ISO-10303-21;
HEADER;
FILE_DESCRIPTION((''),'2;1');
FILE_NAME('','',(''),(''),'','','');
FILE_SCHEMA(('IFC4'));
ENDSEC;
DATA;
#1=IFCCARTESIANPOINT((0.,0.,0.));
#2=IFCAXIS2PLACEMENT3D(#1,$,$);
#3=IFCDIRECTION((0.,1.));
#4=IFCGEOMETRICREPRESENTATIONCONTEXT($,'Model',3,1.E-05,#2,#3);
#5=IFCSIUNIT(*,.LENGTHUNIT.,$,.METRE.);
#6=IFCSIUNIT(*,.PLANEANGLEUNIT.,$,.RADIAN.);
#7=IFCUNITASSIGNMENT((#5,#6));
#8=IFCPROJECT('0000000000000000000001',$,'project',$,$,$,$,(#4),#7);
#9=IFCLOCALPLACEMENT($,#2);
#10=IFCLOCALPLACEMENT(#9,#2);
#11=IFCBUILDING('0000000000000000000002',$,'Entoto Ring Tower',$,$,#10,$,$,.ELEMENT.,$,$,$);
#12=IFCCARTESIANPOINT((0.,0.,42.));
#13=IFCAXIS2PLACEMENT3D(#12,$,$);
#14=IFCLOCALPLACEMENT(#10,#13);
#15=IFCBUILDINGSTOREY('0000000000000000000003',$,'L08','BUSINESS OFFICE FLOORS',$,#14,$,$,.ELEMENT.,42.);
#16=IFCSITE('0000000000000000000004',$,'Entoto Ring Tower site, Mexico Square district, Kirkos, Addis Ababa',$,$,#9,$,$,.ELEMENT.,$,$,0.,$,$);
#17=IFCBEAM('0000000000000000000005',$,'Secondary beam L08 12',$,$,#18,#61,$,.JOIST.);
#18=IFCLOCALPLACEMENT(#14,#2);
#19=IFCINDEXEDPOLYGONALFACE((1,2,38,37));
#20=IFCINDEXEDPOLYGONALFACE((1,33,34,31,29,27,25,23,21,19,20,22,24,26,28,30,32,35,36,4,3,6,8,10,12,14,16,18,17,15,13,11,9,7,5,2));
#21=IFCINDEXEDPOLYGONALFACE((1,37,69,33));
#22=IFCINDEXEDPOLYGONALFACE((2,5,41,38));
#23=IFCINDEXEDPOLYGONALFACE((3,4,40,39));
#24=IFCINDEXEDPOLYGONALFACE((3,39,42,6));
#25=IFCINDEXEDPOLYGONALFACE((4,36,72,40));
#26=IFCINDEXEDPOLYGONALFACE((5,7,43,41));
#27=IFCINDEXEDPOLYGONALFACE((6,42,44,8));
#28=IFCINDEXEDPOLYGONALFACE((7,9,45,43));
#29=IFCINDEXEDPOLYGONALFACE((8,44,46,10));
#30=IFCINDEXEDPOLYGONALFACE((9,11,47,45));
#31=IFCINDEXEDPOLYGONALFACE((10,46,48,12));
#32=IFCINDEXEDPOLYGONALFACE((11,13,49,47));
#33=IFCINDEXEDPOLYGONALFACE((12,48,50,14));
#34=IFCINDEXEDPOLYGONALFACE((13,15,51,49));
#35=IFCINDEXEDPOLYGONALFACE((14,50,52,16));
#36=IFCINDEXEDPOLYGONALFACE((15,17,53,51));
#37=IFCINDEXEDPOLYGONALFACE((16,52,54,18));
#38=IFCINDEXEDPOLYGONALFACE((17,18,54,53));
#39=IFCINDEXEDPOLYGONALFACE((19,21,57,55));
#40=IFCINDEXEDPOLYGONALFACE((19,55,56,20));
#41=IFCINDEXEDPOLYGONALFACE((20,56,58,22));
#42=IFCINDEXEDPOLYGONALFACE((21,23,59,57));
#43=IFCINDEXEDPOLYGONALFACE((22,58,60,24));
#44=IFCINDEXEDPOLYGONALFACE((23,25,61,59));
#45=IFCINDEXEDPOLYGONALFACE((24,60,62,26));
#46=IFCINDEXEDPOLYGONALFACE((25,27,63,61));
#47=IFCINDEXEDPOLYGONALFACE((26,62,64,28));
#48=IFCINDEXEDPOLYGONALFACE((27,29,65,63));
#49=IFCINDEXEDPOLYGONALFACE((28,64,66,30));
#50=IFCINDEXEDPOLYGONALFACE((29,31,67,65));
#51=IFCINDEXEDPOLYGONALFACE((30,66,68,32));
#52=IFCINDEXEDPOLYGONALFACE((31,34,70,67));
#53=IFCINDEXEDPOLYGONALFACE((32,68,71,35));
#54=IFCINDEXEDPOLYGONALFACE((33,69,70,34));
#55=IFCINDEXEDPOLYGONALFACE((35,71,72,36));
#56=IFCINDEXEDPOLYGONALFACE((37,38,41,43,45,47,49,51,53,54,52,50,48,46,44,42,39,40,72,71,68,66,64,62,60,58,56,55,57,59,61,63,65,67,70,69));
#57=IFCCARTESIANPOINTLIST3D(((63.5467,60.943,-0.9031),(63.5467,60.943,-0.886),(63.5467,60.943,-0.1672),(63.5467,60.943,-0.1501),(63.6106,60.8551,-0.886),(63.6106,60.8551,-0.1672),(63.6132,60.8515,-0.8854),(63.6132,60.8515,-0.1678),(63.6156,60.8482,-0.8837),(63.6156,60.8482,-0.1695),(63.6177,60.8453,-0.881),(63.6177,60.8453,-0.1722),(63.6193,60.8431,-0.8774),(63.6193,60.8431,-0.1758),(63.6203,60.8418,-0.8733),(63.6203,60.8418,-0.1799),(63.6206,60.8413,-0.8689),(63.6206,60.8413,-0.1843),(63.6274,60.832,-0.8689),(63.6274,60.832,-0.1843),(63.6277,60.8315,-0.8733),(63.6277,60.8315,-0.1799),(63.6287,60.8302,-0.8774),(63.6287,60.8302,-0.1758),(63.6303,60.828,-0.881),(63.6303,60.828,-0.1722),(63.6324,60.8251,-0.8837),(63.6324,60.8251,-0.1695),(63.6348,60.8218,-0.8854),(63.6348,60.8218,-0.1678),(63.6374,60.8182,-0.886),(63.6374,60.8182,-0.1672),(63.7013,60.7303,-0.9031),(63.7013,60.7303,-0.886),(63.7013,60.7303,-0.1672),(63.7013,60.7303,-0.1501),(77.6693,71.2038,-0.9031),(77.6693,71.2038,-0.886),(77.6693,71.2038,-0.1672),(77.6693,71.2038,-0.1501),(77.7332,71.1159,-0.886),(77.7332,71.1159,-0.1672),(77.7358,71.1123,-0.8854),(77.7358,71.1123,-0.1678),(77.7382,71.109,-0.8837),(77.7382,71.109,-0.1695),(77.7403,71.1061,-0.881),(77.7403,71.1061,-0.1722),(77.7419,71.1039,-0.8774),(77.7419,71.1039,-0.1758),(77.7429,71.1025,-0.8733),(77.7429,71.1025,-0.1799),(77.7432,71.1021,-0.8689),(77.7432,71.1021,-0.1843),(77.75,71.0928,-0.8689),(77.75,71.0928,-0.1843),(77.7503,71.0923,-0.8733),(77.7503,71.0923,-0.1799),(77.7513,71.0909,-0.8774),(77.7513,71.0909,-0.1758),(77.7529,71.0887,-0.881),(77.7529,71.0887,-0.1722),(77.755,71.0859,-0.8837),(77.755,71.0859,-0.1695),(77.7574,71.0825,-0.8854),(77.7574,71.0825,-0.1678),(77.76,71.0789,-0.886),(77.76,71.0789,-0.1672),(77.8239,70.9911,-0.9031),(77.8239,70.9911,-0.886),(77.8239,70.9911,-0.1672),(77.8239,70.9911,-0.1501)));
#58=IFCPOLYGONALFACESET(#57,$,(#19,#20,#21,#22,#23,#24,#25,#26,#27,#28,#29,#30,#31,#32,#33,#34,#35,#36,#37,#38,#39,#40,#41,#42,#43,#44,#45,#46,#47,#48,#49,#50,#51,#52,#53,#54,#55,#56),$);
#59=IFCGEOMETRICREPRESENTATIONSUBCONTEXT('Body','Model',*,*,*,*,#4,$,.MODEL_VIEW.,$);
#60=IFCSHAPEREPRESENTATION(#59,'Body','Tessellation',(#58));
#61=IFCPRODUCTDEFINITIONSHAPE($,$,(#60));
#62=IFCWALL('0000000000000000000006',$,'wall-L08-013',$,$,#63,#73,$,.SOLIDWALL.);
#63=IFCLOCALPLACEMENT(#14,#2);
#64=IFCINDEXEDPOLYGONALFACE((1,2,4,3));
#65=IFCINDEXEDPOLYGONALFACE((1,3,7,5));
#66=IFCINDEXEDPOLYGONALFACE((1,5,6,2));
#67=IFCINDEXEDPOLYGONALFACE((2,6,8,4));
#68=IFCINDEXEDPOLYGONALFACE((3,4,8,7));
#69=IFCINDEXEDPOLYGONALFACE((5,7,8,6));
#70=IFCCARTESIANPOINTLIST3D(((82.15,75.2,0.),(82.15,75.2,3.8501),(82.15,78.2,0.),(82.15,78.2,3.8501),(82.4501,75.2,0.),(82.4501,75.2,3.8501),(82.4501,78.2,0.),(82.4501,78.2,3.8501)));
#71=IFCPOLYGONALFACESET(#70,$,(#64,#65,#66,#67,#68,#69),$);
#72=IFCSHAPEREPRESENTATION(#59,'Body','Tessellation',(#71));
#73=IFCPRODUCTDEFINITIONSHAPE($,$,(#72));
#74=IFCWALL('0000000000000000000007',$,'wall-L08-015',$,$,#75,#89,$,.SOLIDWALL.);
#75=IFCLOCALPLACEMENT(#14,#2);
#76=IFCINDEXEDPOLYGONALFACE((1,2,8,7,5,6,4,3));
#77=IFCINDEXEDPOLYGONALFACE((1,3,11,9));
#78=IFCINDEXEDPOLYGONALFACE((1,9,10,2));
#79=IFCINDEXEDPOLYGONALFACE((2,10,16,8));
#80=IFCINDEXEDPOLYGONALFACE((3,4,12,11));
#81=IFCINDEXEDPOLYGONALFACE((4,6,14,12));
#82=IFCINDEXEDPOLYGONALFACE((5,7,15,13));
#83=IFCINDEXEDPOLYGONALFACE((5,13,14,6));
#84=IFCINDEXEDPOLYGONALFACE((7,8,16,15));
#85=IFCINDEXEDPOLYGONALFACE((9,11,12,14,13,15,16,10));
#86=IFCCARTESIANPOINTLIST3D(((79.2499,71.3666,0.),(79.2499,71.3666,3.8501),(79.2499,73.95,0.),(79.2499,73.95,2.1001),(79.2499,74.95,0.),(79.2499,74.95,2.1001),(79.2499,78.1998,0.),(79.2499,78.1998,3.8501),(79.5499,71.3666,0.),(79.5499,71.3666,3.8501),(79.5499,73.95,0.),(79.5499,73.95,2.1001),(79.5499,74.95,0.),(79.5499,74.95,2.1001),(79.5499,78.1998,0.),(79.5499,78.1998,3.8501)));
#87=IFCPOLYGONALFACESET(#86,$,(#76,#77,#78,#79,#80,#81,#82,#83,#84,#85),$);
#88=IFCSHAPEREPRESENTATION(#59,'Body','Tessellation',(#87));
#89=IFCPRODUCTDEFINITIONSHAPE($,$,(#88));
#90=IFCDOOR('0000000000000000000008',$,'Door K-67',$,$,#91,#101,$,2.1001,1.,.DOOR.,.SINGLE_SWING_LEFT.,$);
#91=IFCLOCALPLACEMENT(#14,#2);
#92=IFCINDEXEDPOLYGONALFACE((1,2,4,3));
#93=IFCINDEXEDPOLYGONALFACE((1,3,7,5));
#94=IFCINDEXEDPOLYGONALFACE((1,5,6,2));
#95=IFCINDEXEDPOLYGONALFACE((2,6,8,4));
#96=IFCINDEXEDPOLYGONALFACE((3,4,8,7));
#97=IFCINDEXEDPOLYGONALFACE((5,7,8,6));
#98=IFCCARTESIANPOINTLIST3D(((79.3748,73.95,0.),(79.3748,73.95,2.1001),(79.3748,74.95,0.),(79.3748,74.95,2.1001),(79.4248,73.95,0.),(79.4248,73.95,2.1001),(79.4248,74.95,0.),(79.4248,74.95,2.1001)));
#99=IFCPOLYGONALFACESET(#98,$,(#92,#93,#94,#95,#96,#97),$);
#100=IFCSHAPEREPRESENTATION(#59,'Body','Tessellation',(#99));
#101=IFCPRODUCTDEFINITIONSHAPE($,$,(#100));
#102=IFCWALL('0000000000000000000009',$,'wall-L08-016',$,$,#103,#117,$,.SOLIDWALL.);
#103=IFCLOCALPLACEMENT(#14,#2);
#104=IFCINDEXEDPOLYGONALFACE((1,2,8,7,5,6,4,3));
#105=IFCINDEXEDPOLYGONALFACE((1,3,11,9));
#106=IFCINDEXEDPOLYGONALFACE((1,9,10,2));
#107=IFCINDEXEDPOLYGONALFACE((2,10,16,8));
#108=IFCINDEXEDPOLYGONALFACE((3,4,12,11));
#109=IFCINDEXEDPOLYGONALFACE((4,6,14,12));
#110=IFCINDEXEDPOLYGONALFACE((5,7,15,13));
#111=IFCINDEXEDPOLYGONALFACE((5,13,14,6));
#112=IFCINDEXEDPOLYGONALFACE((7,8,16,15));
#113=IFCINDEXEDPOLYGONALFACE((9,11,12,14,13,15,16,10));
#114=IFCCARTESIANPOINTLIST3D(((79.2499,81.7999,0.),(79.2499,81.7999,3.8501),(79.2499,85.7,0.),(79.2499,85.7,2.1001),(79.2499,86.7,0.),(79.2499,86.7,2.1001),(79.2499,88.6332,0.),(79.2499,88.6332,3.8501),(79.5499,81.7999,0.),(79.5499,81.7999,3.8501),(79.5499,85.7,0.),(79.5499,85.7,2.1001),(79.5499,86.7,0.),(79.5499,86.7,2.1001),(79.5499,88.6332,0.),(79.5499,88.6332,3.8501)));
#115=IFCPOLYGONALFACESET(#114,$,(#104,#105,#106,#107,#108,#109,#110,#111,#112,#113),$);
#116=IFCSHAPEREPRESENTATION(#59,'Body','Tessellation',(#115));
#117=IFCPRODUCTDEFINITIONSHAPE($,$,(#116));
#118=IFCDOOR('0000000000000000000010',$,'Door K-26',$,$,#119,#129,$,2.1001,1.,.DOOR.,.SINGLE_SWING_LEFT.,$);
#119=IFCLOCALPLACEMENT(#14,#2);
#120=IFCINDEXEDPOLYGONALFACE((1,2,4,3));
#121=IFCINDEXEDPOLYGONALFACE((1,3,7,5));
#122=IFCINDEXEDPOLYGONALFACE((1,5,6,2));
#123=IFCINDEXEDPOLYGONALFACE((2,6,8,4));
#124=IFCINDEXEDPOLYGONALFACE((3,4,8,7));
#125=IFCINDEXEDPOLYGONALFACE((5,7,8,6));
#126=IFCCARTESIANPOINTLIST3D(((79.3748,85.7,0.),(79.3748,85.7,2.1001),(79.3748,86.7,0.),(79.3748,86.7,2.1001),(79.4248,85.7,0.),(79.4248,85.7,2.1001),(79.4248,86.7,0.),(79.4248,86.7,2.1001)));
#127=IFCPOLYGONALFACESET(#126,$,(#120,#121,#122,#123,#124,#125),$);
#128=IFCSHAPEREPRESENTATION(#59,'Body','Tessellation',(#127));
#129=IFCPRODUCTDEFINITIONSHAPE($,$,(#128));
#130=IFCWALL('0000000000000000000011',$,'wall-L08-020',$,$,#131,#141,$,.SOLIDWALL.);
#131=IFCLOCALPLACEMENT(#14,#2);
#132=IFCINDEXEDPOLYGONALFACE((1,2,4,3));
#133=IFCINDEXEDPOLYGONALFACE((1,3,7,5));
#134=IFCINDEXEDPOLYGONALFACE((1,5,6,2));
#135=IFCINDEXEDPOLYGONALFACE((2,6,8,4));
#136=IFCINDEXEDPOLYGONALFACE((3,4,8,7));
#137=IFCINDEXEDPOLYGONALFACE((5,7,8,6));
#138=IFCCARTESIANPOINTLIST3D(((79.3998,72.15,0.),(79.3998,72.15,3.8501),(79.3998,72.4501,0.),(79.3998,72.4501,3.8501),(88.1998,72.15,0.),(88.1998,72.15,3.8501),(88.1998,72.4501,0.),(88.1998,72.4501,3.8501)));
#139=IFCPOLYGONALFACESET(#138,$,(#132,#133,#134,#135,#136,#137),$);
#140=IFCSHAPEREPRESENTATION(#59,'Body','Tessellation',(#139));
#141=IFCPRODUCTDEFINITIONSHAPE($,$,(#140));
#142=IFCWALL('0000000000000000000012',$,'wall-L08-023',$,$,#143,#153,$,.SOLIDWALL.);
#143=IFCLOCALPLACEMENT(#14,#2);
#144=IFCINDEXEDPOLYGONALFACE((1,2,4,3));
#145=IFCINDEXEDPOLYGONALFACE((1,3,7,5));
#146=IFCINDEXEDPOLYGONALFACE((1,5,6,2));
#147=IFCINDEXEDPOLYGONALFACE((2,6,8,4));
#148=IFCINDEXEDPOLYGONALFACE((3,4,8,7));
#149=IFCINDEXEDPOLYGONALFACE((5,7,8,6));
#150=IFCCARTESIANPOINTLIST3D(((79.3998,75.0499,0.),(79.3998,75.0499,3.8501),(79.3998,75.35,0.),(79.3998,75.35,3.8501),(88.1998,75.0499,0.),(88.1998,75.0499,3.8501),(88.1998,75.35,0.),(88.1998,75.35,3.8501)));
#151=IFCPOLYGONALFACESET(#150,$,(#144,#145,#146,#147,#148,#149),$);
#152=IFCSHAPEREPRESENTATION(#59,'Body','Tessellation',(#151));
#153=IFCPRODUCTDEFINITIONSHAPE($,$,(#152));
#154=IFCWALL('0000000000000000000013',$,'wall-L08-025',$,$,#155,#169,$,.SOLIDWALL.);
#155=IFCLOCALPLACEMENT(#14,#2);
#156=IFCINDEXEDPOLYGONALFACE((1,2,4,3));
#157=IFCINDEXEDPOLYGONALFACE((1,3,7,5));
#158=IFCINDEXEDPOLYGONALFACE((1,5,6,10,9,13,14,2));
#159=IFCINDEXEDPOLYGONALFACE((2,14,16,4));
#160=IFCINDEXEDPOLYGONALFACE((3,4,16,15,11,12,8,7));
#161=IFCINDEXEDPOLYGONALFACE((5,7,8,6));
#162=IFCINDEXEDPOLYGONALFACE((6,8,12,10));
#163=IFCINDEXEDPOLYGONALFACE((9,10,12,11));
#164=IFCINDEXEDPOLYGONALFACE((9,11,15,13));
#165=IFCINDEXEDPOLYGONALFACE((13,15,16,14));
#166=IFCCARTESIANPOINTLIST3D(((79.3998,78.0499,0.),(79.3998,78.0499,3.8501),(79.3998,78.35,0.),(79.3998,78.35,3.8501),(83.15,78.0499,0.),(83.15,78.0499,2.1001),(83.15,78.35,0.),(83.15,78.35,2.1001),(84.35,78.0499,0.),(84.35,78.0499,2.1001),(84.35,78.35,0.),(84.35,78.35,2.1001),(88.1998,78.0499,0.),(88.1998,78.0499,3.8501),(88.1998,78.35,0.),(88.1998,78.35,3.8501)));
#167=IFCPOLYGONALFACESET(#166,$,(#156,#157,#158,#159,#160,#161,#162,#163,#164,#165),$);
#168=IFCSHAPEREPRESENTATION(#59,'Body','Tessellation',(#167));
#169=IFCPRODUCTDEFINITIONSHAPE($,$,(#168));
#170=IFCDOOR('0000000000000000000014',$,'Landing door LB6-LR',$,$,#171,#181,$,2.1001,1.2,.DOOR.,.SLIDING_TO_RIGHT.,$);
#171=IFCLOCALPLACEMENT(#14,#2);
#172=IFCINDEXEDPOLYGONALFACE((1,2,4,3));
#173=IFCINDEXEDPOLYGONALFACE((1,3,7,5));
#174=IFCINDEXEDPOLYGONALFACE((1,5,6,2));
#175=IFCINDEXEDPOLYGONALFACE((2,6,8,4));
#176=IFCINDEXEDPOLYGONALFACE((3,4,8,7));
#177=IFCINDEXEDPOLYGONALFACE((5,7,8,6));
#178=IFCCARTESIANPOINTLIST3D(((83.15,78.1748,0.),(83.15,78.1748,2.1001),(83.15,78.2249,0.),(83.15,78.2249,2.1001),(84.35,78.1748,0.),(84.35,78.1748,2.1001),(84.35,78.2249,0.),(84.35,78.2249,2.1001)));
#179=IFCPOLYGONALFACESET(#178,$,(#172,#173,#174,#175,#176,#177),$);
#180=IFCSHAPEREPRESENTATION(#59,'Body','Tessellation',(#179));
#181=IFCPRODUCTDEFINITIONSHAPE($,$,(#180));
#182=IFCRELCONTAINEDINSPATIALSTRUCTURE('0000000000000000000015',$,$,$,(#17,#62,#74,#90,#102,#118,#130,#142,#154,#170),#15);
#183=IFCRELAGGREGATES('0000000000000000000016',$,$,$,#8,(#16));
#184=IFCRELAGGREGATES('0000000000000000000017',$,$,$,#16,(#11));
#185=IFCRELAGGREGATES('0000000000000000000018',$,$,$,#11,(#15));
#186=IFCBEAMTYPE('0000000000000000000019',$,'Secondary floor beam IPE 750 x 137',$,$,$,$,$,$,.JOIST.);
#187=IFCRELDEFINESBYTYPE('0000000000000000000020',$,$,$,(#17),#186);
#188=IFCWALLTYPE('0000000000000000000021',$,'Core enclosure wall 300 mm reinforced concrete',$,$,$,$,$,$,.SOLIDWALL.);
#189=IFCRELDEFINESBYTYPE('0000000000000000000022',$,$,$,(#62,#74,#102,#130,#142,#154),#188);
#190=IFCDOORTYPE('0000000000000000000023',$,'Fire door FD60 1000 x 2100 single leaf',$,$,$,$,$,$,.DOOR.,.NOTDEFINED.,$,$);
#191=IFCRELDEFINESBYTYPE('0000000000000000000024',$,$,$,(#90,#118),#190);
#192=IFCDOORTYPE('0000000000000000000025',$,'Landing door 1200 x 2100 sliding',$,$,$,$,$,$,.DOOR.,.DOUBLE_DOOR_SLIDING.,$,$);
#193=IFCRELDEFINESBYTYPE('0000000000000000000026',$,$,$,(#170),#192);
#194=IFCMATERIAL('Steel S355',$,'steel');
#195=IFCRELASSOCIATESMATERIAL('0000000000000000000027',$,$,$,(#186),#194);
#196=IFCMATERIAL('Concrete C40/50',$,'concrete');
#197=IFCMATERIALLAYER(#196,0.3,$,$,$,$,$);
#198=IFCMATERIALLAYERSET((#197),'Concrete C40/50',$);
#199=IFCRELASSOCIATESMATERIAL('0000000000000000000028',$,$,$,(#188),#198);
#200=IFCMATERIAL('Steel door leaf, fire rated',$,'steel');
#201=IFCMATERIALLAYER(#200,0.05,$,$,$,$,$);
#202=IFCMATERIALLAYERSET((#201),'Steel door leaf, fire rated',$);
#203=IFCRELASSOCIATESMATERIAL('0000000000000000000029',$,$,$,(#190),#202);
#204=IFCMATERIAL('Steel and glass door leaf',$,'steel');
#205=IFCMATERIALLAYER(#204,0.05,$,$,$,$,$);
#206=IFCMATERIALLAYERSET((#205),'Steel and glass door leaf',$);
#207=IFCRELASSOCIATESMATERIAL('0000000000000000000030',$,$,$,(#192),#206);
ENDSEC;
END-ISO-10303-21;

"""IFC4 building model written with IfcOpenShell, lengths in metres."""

from ifc_helpers import new_model, si_unit, direction, frame, frame_2d, origin, origin_2d, place, context, subcontext, project, spatial, rectangle, i_section, extrude, material, layer, layer_set, material_profile, profile_set, type_object, element, fill, save


model = new_model("IFC4")

# Units and contexts
model_context = context("Model", 3, precision=1e-05, world=origin(), true_north=direction((0.0, 1.0)))
body_context = subcontext(model_context, "Body", "Model", "MODEL_VIEW")
ifc_project = project(units=[si_unit("LENGTHUNIT", "METRE"), si_unit("PLANEANGLEUNIT", "RADIAN")], contexts=[model_context])

# Site, building, storey
site_placement = place(None, origin())
site = spatial("IfcSite", under=ifc_project, at=site_placement, Name="Entoto Ring Tower site, Mexico Square district, Kirkos, Addis Ababa", CompositionType="ELEMENT", RefElevation=0.0)
building_placement = place(site_placement, origin())
building = spatial("IfcBuilding", under=site, at=building_placement, Name="Entoto Ring Tower", CompositionType="ELEMENT")
storey_placement = place(building_placement, frame((0.0, 0.0, 42.0)))
storey = spatial("IfcBuildingStorey", under=building, at=storey_placement, Name="L08", Description="BUSINESS OFFICE FLOORS", CompositionType="ELEMENT", Elevation=42.0)

# Beam
ifc_material_1 = material(Name="Steel S355", Category="steel")
ifc_material_profile_1 = material_profile(ifc_material_1, i_section(OverallWidth=0.2629, OverallDepth=0.7529, WebThickness=0.0115, FlangeThickness=0.0171, FilletRadius=0.0171, at=origin_2d()), Name="IPE 750 x 137")
ifc_profile_set_1 = profile_set([ifc_material_profile_1], Name="Steel S355")
beam_type_1 = type_object("IfcBeamType", Name="Secondary floor beam IPE 750 x 137", PredefinedType="JOIST", material=ifc_profile_set_1)
beam_1_placement = place(storey_placement, frame((77.7466, 71.0974, -0.5266), z_axis=(-0.809014, -0.587789, 0.0), x_axis=(0.587789, -0.809014, 0.0)))
element("IfcBeam", 1, at=beam_1_placement, inside=storey, type_object=beam_type_1, Name="Secondary beam L08 12", PredefinedType="JOIST", context=body_context, shape_type="SweptSolid", body=[
    extrude(i_section(OverallWidth=0.2629, OverallDepth=0.7529, WebThickness=0.0115, FlangeThickness=0.0171, FilletRadius=0.0171, at=origin_2d()), origin(), (0.0, 0.0, 1.0), 17.4565),
])

# Wall
ifc_material_2 = material(Name="Concrete C40/50", Category="concrete")
ifc_layer_1 = layer(ifc_material_2, 0.3)
ifc_layer_set_1 = layer_set([ifc_layer_1], Name="Concrete C40/50")
wall_type_1 = type_object("IfcWallType", Name="Core enclosure wall 300 mm reinforced concrete", PredefinedType="SOLIDWALL", material=ifc_layer_set_1)
wall_1_placement = place(storey_placement, frame((82.3, 75.2, 0.0), z_axis=(0.0, 0.0, 1.0), x_axis=(0.0, 1.0, 0.0)))
element("IfcWall", 2, at=wall_1_placement, inside=storey, type_object=wall_type_1, Name="wall-L08-013", PredefinedType="SOLIDWALL", context=body_context, shape_type="SweptSolid", body=[
    extrude(rectangle(XDim=3.0, YDim=0.3, at=frame_2d((1.5, 0.0))), origin(), (0.0, 0.0, 1.0), 3.8501),
])

# Walls, openings, doors
wall_2_placement = place(storey_placement, frame((79.3999, 71.3667, 0.0), z_axis=(0.0, 0.0, 1.0), x_axis=(0.0, 1.0, 0.0)))
wall_2 = element("IfcWall", 3, at=wall_2_placement, inside=storey, type_object=wall_type_1, Name="wall-L08-015", PredefinedType="SOLIDWALL", context=body_context, shape_type="SweptSolid", body=[
    extrude(rectangle(XDim=6.8333, YDim=0.3, at=frame_2d((3.4165, 0.0))), origin(), (0.0, 0.0, 1.0), 3.8501),
])
opening_1_placement = place(wall_2_placement, frame((2.5833, 0.0, 0.0)))
opening_1 = element("IfcOpeningElement", 4, at=opening_1_placement, cuts=wall_2, PredefinedType="OPENING", context=body_context, shape_type="SweptSolid", body=[
    extrude(rectangle(XDim=1.0, YDim=2.1001, at=frame_2d((0.5, 1.05))), frame((0.0, 0.1602, 0.0), z_axis=(0.0, -1.0, 0.0), x_axis=(1.0, 0.0, 0.0)), (0.0, 0.0, 1.0), 0.3201),
])
ifc_material_3 = material(Name="Steel door leaf, fire rated", Category="steel")
ifc_layer_2 = layer(ifc_material_3, 0.05)
ifc_layer_set_2 = layer_set([ifc_layer_2], Name="Steel door leaf, fire rated")
door_type_1 = type_object("IfcDoorType", Name="Fire door FD60 1000 x 2100 single leaf", OperationType="NOTDEFINED", PredefinedType="DOOR", material=ifc_layer_set_2)
door_1_placement = place(opening_1_placement, frame((1.0, 0.0, 0.0), z_axis=(0.0, 0.0, 1.0), x_axis=(-1.0, 0.0, 0.0)))
door_1 = element("IfcDoor", 5, at=door_1_placement, inside=storey, type_object=door_type_1, Name="Door K-67", OperationType="SINGLE_SWING_LEFT", OverallHeight=2.1001, OverallWidth=1.0, PredefinedType="DOOR", context=body_context, shape_type="SweptSolid", body=[
    extrude(rectangle(XDim=1.0, YDim=2.1001, at=frame_2d((0.5, 1.05))), frame((0.0, 0.0249, 0.0), z_axis=(0.0, -1.0, 0.0), x_axis=(1.0, 0.0, 0.0)), (0.0, 0.0, 1.0), 0.05),
])
fill(opening_1, door_1)
wall_3_placement = place(storey_placement, frame((79.3999, 81.8, 0.0), z_axis=(0.0, 0.0, 1.0), x_axis=(0.0, 1.0, 0.0)))
wall_3 = element("IfcWall", 6, at=wall_3_placement, inside=storey, type_object=wall_type_1, Name="wall-L08-016", PredefinedType="SOLIDWALL", context=body_context, shape_type="SweptSolid", body=[
    extrude(rectangle(XDim=6.8333, YDim=0.3, at=frame_2d((3.4165, 0.0))), origin(), (0.0, 0.0, 1.0), 3.8501),
])
opening_2_placement = place(wall_3_placement, frame((3.8999, 0.0, 0.0)))
opening_2 = element("IfcOpeningElement", 7, at=opening_2_placement, cuts=wall_3, PredefinedType="OPENING", context=body_context, shape_type="SweptSolid", body=[
    extrude(rectangle(XDim=1.0, YDim=2.1001, at=frame_2d((0.5, 1.05))), frame((0.0, 0.1602, 0.0), z_axis=(0.0, -1.0, 0.0), x_axis=(1.0, 0.0, 0.0)), (0.0, 0.0, 1.0), 0.3201),
])
door_2_placement = place(opening_2_placement, frame((1.0, 0.0, 0.0), z_axis=(0.0, 0.0, 1.0), x_axis=(-1.0, 0.0, 0.0)))
door_2 = element("IfcDoor", 8, at=door_2_placement, inside=storey, type_object=door_type_1, Name="Door K-26", OperationType="SINGLE_SWING_LEFT", OverallHeight=2.1001, OverallWidth=1.0, PredefinedType="DOOR", context=body_context, shape_type="SweptSolid", body=[
    extrude(rectangle(XDim=1.0, YDim=2.1001, at=frame_2d((0.5, 1.05))), frame((0.0, 0.0249, 0.0), z_axis=(0.0, -1.0, 0.0), x_axis=(1.0, 0.0, 0.0)), (0.0, 0.0, 1.0), 0.05),
])
fill(opening_2, door_2)

# Walls
for number, where, z_axis, x_axis, name in (
    (9, (79.3999, 72.3, 0.0), (0.0, 0.0, 1.0), (1.0, 0.0, 0.0), "wall-L08-020"),
    (10, (79.3999, 75.2, 0.0), (0.0, 0.0, 1.0), (1.0, 0.0, 0.0), "wall-L08-023"),
):
    element("IfcWall", number, at=place(storey_placement, frame(where, z_axis=z_axis, x_axis=x_axis)), inside=storey, type_object=wall_type_1, Name=name, PredefinedType="SOLIDWALL", context=body_context, shape_type="SweptSolid", body=[
        extrude(rectangle(XDim=8.8, YDim=0.3, at=frame_2d((4.3999, 0.0))), origin(), (0.0, 0.0, 1.0), 3.8501),
    ])

# Wall, opening, door
wall_4_placement = place(storey_placement, frame((79.3999, 78.2, 0.0), z_axis=(0.0, 0.0, 1.0), x_axis=(1.0, 0.0, 0.0)))
wall_4 = element("IfcWall", 11, at=wall_4_placement, inside=storey, type_object=wall_type_1, Name="wall-L08-025", PredefinedType="SOLIDWALL", context=body_context, shape_type="SweptSolid", body=[
    extrude(rectangle(XDim=8.8, YDim=0.3, at=frame_2d((4.3999, 0.0))), origin(), (0.0, 0.0, 1.0), 3.8501),
])
opening_3_placement = place(wall_4_placement, frame((3.75, 0.0, 0.0)))
opening_3 = element("IfcOpeningElement", 12, at=opening_3_placement, cuts=wall_4, PredefinedType="OPENING", context=body_context, shape_type="SweptSolid", body=[
    extrude(rectangle(XDim=1.2, YDim=2.1001, at=frame_2d((0.6001, 1.05))), frame((0.0, 0.1602, 0.0), z_axis=(0.0, -1.0, 0.0), x_axis=(1.0, 0.0, 0.0)), (0.0, 0.0, 1.0), 0.3201),
])
ifc_material_4 = material(Name="Steel and glass door leaf", Category="steel")
ifc_layer_3 = layer(ifc_material_4, 0.05)
ifc_layer_set_3 = layer_set([ifc_layer_3], Name="Steel and glass door leaf")
door_type_2 = type_object("IfcDoorType", Name="Landing door 1200 x 2100 sliding", OperationType="DOUBLE_DOOR_SLIDING", PredefinedType="DOOR", material=ifc_layer_set_3)
door_3_placement = place(opening_3_placement, origin())
door_3 = element("IfcDoor", 13, at=door_3_placement, inside=storey, type_object=door_type_2, Name="Landing door LB6-LR", OperationType="SLIDING_TO_RIGHT", OverallHeight=2.1001, OverallWidth=1.2, PredefinedType="DOOR", context=body_context, shape_type="SweptSolid", body=[
    extrude(rectangle(XDim=1.2, YDim=2.1001, at=frame_2d((0.6001, 1.05))), frame((0.0, 0.0249, 0.0), z_axis=(0.0, -1.0, 0.0), x_axis=(1.0, 0.0, 0.0)), (0.0, 0.0, 1.0), 0.05),
])
fill(opening_3, door_3)

save(model, "model.ifc")
